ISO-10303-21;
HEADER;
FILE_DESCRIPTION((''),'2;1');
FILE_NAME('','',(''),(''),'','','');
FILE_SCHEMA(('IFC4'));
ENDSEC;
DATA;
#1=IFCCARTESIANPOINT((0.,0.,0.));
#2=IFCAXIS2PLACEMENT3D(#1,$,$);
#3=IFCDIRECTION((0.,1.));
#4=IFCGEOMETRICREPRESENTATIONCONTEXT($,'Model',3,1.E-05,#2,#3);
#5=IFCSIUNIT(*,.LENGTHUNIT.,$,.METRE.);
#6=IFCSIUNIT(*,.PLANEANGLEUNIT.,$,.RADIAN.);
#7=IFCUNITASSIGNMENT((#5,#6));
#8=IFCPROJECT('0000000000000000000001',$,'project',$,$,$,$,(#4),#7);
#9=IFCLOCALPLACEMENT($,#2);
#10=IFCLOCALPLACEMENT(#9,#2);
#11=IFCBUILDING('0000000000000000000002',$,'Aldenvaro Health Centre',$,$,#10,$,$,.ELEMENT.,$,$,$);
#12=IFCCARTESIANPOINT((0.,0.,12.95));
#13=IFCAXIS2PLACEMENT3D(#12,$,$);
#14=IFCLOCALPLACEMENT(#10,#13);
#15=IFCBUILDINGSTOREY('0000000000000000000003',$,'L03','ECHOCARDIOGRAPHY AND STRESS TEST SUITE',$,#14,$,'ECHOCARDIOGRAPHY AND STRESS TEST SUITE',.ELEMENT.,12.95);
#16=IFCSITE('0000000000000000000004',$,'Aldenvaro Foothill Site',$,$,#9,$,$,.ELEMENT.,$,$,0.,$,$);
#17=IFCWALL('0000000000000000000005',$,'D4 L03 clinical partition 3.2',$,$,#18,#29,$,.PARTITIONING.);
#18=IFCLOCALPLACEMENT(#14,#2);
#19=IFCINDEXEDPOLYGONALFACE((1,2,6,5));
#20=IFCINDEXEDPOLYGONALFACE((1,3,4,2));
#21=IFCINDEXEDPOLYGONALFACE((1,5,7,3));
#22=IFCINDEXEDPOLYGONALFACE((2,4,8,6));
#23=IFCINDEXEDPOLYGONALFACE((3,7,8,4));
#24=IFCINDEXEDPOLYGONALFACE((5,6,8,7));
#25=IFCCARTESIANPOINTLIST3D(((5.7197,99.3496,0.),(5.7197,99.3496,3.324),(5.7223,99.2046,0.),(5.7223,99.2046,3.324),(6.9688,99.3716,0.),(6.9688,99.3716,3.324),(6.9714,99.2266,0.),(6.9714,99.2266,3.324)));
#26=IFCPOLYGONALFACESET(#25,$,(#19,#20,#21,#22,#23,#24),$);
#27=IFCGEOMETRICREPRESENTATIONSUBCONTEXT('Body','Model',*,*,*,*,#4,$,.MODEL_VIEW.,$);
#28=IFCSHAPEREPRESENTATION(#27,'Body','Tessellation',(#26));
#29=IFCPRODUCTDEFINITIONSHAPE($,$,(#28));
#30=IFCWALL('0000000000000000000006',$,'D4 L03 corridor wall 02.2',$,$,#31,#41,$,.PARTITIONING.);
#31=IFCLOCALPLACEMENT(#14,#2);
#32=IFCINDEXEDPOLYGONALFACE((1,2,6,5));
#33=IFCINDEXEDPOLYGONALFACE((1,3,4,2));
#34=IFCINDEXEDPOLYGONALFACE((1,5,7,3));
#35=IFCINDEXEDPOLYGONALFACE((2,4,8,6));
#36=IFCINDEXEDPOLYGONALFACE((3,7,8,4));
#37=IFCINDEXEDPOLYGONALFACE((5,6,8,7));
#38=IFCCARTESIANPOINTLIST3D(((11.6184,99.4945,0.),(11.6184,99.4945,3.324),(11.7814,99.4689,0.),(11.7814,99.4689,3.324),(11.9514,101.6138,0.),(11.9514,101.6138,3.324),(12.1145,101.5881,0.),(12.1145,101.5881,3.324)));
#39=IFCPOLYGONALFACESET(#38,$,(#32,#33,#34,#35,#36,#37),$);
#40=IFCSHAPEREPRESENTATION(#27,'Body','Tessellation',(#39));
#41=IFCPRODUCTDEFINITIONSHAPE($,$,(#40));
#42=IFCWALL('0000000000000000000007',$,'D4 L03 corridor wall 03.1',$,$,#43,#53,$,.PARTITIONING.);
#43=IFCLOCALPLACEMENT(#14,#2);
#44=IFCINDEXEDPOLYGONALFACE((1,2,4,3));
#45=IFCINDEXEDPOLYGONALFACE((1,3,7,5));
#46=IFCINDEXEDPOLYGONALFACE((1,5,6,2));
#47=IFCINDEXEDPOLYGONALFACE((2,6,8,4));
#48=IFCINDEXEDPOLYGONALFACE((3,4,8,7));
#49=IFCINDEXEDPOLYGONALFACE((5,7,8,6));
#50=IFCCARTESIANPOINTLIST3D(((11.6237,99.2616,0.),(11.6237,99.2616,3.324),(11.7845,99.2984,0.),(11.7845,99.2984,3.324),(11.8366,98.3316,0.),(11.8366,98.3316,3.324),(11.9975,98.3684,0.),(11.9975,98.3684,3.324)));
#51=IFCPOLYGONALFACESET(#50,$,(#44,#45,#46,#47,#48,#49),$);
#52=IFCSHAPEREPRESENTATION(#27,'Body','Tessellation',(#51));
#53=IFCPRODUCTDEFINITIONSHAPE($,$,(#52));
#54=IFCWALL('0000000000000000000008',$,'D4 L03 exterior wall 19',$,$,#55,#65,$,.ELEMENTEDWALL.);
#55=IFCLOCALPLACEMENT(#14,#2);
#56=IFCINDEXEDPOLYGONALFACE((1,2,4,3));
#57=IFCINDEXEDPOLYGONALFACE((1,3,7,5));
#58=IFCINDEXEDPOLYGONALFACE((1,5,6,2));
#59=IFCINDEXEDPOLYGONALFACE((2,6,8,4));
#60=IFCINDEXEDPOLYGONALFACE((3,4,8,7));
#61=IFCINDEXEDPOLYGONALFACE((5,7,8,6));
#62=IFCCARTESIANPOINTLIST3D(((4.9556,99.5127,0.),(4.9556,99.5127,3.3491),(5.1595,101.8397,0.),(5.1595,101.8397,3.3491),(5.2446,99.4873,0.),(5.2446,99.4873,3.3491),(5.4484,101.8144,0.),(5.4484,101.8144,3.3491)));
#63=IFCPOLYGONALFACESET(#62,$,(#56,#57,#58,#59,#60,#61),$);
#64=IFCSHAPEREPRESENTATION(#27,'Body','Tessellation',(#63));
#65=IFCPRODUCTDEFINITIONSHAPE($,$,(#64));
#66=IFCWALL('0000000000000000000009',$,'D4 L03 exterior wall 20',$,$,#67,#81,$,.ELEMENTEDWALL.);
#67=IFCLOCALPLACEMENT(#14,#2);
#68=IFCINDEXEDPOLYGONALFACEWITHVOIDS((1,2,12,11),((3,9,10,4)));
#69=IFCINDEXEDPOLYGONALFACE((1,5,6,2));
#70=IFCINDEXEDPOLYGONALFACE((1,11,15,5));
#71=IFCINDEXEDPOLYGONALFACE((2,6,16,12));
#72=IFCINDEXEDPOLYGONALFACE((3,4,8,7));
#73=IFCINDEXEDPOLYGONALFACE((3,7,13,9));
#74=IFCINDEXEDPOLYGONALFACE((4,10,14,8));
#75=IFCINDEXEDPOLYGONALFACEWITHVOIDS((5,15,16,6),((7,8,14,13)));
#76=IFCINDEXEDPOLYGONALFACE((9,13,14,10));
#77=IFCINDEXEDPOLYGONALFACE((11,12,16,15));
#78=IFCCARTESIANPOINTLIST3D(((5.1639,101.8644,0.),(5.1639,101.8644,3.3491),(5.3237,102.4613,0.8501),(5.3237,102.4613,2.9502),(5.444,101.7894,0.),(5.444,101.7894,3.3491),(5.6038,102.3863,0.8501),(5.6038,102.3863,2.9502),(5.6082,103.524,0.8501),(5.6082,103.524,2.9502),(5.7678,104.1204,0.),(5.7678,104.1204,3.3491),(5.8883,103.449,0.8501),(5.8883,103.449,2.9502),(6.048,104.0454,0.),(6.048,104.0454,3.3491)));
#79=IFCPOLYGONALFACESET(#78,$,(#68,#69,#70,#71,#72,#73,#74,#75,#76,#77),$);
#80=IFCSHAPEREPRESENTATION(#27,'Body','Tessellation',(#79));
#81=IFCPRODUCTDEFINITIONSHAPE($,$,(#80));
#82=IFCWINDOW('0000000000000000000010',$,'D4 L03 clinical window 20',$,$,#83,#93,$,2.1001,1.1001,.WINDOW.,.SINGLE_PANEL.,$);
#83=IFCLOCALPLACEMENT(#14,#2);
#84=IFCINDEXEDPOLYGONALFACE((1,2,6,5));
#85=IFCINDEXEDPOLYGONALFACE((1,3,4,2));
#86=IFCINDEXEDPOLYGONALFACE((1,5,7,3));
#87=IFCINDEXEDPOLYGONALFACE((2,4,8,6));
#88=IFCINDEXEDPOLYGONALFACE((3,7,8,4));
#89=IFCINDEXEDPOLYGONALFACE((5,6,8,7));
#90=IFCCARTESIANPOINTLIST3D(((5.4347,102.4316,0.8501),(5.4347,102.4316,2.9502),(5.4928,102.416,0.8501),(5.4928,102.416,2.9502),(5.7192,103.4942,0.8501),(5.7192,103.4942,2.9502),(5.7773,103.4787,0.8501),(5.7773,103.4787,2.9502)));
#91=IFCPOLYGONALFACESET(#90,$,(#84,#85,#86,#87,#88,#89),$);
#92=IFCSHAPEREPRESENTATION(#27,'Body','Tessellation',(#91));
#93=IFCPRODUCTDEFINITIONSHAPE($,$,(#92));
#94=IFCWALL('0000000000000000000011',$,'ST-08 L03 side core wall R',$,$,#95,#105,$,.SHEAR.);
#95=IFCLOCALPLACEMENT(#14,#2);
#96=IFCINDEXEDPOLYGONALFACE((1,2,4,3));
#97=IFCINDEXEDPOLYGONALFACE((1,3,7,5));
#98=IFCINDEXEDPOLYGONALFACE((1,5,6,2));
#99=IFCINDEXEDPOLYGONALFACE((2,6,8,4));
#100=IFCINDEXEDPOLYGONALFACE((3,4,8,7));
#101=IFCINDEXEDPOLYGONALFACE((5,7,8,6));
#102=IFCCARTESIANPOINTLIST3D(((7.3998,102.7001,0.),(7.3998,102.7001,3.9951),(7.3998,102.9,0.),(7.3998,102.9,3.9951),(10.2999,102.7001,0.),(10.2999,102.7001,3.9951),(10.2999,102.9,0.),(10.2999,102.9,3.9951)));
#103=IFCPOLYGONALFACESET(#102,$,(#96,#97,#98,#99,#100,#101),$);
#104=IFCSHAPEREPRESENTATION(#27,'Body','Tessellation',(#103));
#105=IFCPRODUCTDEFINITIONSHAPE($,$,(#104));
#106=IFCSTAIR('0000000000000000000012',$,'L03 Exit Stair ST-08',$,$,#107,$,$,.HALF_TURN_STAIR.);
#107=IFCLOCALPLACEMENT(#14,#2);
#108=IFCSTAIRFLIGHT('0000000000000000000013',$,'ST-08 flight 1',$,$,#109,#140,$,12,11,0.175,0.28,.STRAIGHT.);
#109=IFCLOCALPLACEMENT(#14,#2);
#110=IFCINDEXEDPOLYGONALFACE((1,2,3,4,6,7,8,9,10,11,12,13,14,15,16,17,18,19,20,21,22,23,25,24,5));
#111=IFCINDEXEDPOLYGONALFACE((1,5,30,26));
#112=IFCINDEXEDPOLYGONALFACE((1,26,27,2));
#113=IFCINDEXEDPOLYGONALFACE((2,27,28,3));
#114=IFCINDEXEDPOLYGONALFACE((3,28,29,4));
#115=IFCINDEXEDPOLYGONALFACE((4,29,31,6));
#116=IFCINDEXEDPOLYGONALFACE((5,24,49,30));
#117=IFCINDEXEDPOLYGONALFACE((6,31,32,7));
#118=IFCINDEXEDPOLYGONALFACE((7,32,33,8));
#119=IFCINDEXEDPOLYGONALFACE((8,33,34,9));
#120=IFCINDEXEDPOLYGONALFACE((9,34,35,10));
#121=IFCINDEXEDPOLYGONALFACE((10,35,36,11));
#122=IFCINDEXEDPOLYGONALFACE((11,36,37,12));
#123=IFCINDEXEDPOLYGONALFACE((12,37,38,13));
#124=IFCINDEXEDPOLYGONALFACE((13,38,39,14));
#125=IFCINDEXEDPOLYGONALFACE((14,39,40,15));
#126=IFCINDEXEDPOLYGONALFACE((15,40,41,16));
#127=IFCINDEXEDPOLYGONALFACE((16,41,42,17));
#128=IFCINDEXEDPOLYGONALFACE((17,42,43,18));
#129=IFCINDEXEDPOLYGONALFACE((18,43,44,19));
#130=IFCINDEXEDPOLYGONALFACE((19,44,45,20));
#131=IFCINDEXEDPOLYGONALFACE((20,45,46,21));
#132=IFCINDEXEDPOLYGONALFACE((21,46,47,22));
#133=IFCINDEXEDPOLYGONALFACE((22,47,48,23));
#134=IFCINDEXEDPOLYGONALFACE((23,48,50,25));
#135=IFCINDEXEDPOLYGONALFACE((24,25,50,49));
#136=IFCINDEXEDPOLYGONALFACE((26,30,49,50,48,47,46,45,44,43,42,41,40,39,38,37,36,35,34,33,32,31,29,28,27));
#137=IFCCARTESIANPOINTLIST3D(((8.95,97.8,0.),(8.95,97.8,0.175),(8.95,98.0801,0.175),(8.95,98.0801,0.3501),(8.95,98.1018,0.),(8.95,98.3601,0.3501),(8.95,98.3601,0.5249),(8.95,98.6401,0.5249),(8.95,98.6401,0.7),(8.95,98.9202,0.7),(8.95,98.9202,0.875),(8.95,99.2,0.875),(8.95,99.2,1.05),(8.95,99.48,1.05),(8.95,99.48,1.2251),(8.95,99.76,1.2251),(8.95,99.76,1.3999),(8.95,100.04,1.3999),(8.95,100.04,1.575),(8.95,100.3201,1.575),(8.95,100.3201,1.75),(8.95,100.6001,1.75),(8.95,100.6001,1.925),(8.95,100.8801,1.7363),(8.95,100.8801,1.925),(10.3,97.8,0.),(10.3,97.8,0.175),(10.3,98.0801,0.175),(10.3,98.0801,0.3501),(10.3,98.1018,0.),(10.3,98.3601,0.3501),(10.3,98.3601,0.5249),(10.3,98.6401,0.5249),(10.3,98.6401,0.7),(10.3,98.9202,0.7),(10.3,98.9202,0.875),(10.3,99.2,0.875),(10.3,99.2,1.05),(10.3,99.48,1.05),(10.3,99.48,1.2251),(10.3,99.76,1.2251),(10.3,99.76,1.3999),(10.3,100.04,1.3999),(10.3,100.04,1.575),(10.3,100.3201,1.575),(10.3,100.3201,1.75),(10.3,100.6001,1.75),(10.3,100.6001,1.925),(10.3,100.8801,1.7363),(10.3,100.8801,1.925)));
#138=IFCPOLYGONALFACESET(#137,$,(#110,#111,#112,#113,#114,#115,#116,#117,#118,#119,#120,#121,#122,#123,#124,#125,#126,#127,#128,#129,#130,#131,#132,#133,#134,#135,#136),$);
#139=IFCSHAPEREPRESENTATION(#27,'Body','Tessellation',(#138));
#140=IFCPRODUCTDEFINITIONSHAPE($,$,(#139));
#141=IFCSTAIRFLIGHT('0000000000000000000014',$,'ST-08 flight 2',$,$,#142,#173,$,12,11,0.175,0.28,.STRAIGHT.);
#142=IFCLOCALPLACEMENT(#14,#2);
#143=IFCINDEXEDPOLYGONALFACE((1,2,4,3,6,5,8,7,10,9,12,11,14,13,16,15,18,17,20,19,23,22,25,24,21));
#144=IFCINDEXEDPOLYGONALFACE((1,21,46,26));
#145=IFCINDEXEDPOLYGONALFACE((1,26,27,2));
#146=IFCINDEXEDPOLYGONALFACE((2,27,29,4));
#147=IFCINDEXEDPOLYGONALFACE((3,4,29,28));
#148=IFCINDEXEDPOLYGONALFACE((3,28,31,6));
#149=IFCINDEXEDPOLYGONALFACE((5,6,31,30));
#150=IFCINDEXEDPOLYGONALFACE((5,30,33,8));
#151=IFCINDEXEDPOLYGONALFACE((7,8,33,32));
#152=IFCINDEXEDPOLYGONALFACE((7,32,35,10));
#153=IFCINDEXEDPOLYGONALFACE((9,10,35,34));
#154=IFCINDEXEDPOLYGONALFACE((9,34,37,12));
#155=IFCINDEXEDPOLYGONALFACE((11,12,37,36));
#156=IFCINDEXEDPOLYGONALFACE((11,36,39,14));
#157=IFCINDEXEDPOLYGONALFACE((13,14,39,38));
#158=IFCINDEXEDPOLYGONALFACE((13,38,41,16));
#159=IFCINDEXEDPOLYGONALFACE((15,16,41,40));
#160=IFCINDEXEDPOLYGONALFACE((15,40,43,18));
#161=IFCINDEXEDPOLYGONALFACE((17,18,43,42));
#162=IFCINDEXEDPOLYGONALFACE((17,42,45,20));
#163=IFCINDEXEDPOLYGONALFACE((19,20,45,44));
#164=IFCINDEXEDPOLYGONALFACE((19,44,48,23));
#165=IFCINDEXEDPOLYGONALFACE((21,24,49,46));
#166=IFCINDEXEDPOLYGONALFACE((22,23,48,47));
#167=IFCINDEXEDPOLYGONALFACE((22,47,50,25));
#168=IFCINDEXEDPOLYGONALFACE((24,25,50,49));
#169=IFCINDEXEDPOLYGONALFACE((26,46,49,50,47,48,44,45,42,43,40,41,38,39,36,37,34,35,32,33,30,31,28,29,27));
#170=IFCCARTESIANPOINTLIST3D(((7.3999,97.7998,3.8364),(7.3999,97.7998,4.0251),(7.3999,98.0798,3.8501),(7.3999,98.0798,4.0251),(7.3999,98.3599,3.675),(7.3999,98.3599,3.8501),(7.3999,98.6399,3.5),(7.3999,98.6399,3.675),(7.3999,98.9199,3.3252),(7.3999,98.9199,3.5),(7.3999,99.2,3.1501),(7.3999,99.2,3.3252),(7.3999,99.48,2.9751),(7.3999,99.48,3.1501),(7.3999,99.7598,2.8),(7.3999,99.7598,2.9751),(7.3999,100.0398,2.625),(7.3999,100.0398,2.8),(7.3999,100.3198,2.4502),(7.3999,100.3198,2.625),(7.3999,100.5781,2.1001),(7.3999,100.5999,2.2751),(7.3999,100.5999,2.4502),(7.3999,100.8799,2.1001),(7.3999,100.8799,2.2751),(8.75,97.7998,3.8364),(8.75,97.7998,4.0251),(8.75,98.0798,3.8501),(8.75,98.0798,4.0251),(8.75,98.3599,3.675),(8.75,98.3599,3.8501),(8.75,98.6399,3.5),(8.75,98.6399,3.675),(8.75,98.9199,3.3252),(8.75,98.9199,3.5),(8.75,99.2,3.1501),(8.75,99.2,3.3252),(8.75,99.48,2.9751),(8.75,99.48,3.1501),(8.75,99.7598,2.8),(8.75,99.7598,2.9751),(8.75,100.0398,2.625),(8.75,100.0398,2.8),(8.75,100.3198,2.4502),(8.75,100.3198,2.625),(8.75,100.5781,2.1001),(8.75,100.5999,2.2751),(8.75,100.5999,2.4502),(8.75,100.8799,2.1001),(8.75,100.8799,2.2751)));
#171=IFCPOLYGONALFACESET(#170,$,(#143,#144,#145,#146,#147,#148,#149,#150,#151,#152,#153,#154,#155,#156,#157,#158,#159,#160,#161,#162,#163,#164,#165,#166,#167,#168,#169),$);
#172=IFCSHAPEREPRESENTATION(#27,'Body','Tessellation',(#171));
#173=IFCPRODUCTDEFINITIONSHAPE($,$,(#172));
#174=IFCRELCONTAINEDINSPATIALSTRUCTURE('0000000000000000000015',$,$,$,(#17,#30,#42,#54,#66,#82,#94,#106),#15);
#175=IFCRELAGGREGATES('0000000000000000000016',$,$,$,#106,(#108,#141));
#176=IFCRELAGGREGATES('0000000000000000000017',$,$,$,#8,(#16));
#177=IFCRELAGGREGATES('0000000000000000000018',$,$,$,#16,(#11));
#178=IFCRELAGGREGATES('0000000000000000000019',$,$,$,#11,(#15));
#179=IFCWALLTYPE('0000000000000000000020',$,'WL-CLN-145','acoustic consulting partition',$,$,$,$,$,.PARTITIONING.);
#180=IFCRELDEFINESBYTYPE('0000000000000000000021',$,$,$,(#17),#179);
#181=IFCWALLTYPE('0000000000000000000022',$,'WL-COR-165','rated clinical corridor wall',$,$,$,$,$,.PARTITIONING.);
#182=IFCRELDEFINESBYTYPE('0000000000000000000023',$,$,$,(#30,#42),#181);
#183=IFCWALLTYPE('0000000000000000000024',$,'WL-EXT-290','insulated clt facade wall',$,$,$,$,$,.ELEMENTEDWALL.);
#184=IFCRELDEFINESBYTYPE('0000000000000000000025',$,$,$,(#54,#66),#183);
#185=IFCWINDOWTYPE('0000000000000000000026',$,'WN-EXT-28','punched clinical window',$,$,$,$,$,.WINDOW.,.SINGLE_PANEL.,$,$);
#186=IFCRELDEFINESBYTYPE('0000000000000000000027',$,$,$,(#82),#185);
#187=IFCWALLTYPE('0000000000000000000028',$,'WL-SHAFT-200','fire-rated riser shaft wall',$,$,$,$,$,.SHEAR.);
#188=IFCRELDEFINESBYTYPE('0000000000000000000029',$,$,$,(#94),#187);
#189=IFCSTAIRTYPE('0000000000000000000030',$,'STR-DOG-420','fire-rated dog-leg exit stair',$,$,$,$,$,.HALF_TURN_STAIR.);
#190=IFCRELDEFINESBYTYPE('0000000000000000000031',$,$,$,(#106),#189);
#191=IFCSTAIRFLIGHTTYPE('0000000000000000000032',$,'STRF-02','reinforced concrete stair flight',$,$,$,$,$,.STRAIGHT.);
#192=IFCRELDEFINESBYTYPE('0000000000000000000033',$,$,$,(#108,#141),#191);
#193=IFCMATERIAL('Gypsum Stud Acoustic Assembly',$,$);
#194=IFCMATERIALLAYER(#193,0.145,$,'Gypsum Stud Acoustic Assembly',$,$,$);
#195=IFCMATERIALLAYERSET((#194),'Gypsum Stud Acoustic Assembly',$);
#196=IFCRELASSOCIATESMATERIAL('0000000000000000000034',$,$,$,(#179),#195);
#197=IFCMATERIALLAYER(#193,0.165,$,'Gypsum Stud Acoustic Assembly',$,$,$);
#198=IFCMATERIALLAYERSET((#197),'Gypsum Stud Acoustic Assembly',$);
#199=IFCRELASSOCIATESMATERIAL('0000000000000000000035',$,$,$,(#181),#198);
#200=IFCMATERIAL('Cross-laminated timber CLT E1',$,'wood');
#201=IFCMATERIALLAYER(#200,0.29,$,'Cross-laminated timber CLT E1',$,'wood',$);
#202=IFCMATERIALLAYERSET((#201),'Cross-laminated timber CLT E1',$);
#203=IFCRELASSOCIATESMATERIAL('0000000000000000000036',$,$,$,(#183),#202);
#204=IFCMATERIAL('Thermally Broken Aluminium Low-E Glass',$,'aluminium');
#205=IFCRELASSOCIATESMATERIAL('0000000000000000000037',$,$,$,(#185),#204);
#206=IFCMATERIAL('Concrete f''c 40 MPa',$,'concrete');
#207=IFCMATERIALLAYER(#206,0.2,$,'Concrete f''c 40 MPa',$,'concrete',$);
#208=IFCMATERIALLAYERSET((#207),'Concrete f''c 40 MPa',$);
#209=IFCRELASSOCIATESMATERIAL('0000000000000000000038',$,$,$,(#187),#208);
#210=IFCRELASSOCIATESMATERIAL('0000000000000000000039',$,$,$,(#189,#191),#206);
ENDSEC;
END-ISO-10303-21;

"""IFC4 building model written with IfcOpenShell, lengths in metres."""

from ifc_helpers import new_model, si_unit, direction, frame, frame_2d, origin, place, context, subcontext, project, spatial, polyline, rectangle, outline, extrude, material, layer, layer_set, type_object, element, fill, aggregate, save


model = new_model("IFC4")

# Units and contexts
model_context = context("Model", 3, precision=1e-05, world=origin(), true_north=direction((0.0, 1.0)))
body_context = subcontext(model_context, "Body", "Model", "MODEL_VIEW")
ifc_project = project(units=[si_unit("LENGTHUNIT", "METRE"), si_unit("PLANEANGLEUNIT", "RADIAN")], contexts=[model_context])

# Site, building, storey
site_placement = place(None, origin())
site = spatial("IfcSite", under=ifc_project, at=site_placement, Name="Aldenvaro Foothill Site", CompositionType="ELEMENT", RefElevation=0.0)
building_placement = place(site_placement, origin())
building = spatial("IfcBuilding", under=site, at=building_placement, Name="Aldenvaro Health Centre", CompositionType="ELEMENT")
storey_placement = place(building_placement, frame((0.0, 0.0, 12.95)))
storey = spatial("IfcBuildingStorey", under=building, at=storey_placement, Name="L03", Description="ECHOCARDIOGRAPHY AND STRESS TEST SUITE", LongName="ECHOCARDIOGRAPHY AND STRESS TEST SUITE", CompositionType="ELEMENT", Elevation=12.95)

# Shared definitions
ifc_material_1 = material(Name="Concrete f'c 40 MPa", Category="concrete")

# Walls
ifc_material_2 = material(Name="Gypsum Stud Acoustic Assembly")
ifc_layer_1 = layer(ifc_material_2, 0.145, Name="Gypsum Stud Acoustic Assembly")
ifc_layer_set_1 = layer_set([ifc_layer_1], Name="Gypsum Stud Acoustic Assembly")
wall_type_1 = type_object("IfcWallType", Name="WL-CLN-145", Description="acoustic consulting partition", PredefinedType="PARTITIONING", material=ifc_layer_set_1)
wall_1_placement = place(storey_placement, frame((6.97, 99.2991, 0.0), z_axis=(0.0, 0.0, 1.0), x_axis=(-0.999845, -0.017589, 0.0)))
element("IfcWall", 1, at=wall_1_placement, inside=storey, type_object=wall_type_1, Name="D4 L03 clinical partition 3.2", PredefinedType="PARTITIONING", context=body_context, shape_type="SweptSolid", body=[
    extrude(rectangle(XDim=1.2493, YDim=0.145, at=frame_2d((0.6245, 0.0))), origin(), (0.0, 0.0, 1.0), 3.324),
])
ifc_layer_2 = layer(ifc_material_2, 0.165, Name="Gypsum Stud Acoustic Assembly")
ifc_layer_set_2 = layer_set([ifc_layer_2], Name="Gypsum Stud Acoustic Assembly")
wall_type_2 = type_object("IfcWallType", Name="WL-COR-165", Description="rated clinical corridor wall", PredefinedType="PARTITIONING", material=ifc_layer_set_2)
wall_2_placement = place(storey_placement, frame((12.033, 101.6011, 0.0), z_axis=(0.0, 0.0, 1.0), x_axis=(-0.155238, -0.987877, 0.0)))
element("IfcWall", 2, at=wall_2_placement, inside=storey, type_object=wall_type_2, Name="D4 L03 corridor wall 02.2", PredefinedType="PARTITIONING", context=body_context, shape_type="SweptSolid", body=[
    extrude(rectangle(XDim=2.1453, YDim=0.165, at=frame_2d((1.0728, 0.0))), origin(), (0.0, 0.0, 1.0), 3.324),
])
wall_3_placement = place(storey_placement, frame((11.7041, 99.28, 0.0), z_axis=(0.0, 0.0, 1.0), x_axis=(0.223158, -0.974782, 0.0)))
element("IfcWall", 3, at=wall_3_placement, inside=storey, type_object=wall_type_2, Name="D4 L03 corridor wall 03.1", PredefinedType="PARTITIONING", context=body_context, shape_type="SweptSolid", body=[
    extrude(rectangle(XDim=0.9541, YDim=0.165, at=frame_2d((0.4771, 0.0))), origin(), (0.0, 0.0, 1.0), 3.324),
])
ifc_material_3 = material(Name="Cross-laminated timber CLT E1", Category="wood")
ifc_layer_3 = layer(ifc_material_3, 0.29, Name="Cross-laminated timber CLT E1", Category="wood")
ifc_layer_set_3 = layer_set([ifc_layer_3], Name="Cross-laminated timber CLT E1")
wall_type_3 = type_object("IfcWallType", Name="WL-EXT-290", Description="insulated clt facade wall", PredefinedType="ELEMENTEDWALL", material=ifc_layer_set_3)
wall_4_placement = place(storey_placement, frame((5.1001, 99.5, 0.0), z_axis=(0.0, 0.0, 1.0), x_axis=(0.087275, 0.996184, 0.0)))
element("IfcWall", 4, at=wall_4_placement, inside=storey, type_object=wall_type_3, Name="D4 L03 exterior wall 19", PredefinedType="ELEMENTEDWALL", context=body_context, shape_type="SweptSolid", body=[
    extrude(rectangle(XDim=2.3359, YDim=0.29, at=frame_2d((1.168, 0.0))), origin(), (0.0, 0.0, 1.0), 3.3491),
])

# Wall, opening, window
wall_5_placement = place(storey_placement, frame((5.304, 101.8269, 0.0), z_axis=(0.0, 0.0, 1.0), x_axis=(0.258612, 0.965981, 0.0)))
wall_5 = element("IfcWall", 5, at=wall_5_placement, inside=storey, type_object=wall_type_3, Name="D4 L03 exterior wall 20", PredefinedType="ELEMENTEDWALL", context=body_context, shape_type="SweptSolid", body=[
    extrude(rectangle(XDim=2.3354, YDim=0.29, at=frame_2d((1.1677, 0.0))), origin(), (0.0, 0.0, 1.0), 3.3491),
])
opening_placement = place(wall_5_placement, frame((0.6179, 0.0, 0.8501)))
opening = element("IfcOpeningElement", 6, at=opening_placement, cuts=wall_5, PredefinedType="OPENING", context=body_context, shape_type="SweptSolid", body=[
    extrude(rectangle(XDim=1.1001, YDim=2.1001, at=frame_2d((0.55, 1.05))), frame((0.0, 0.155, 0.0), z_axis=(0.0, -1.0, 0.0), x_axis=(1.0, 0.0, 0.0)), (0.0, 0.0, 1.0), 0.3101),
])
ifc_material_4 = material(Name="Thermally Broken Aluminium Low-E Glass", Category="aluminium")
window_type = type_object("IfcWindowType", Name="WN-EXT-28", Description="punched clinical window", PartitioningType="SINGLE_PANEL", PredefinedType="WINDOW", material=ifc_material_4)
window_placement = place(opening_placement, origin())
window = element("IfcWindow", 7, at=window_placement, inside=storey, type_object=window_type, Name="D4 L03 clinical window 20", OverallHeight=2.1001, OverallWidth=1.1001, PartitioningType="SINGLE_PANEL", PredefinedType="WINDOW", context=body_context, shape_type="SweptSolid", body=[
    extrude(rectangle(XDim=1.1001, YDim=2.1001, at=frame_2d((0.55, 1.05))), frame((0.0, 0.03, 0.0), z_axis=(0.0, -1.0, 0.0), x_axis=(1.0, 0.0, 0.0)), (0.0, 0.0, 1.0), 0.0601),
])
fill(opening, window)

# Wall
ifc_layer_4 = layer(ifc_material_1, 0.2, Name="Concrete f'c 40 MPa", Category="concrete")
ifc_layer_set_4 = layer_set([ifc_layer_4], Name="Concrete f'c 40 MPa")
wall_type_4 = type_object("IfcWallType", Name="WL-SHAFT-200", Description="fire-rated riser shaft wall", PredefinedType="SHEAR", material=ifc_layer_set_4)
wall_6_placement = place(storey_placement, frame((10.3, 102.8, 0.0), z_axis=(0.0, 0.0, 1.0), x_axis=(-1.0, 0.0, 0.0)))
element("IfcWall", 8, at=wall_6_placement, inside=storey, type_object=wall_type_4, Name="ST-08 L03 side core wall R", PredefinedType="SHEAR", context=body_context, shape_type="SweptSolid", body=[
    extrude(rectangle(XDim=2.9001, YDim=0.2, at=frame_2d((1.4502, 0.0))), origin(), (0.0, 0.0, 1.0), 3.9951),
])

# Stair, stair flights
stair_type = type_object("IfcStairType", Name="STR-DOG-420", Description="fire-rated dog-leg exit stair", PredefinedType="HALF_TURN_STAIR", material=ifc_material_1)
stair_placement = place(storey_placement, origin())
stair = element("IfcStair", 9, at=stair_placement, inside=storey, type_object=stair_type, Name="L03 Exit Stair ST-08", PredefinedType="HALF_TURN_STAIR")
stair_flight_type = type_object("IfcStairFlightType", Name="STRF-02", Description="reinforced concrete stair flight", PredefinedType="STRAIGHT", material=ifc_material_1)
stair_flight_1_placement = place(storey_placement, frame((9.625, 97.8, 0.0), z_axis=(0.0, 0.0, 1.0), x_axis=(0.0, 1.0, 0.0)))
stair_flight_1 = element("IfcStairFlight", 10, at=stair_flight_1_placement, type_object=stair_flight_type, Name="ST-08 flight 1", NumberOfRisers=12, NumberOfTreads=11, PredefinedType="STRAIGHT", RiserHeight=0.175, TreadLength=0.28, context=body_context, shape_type="SweptSolid", body=[
    extrude(outline(polyline([(0.0, 0.0), (0.0, 0.175), (0.28, 0.175), (0.28, 0.3501), (0.5601, 0.3501), (0.5601, 0.5249), (0.8401, 0.5249), (0.8401, 0.7), (1.1201, 0.7), (1.1201, 0.875), (1.3999, 0.875), (1.3999, 1.05), (1.6799, 1.05), (1.6799, 1.2251), (1.96, 1.2251), (1.96, 1.3999), (2.24, 1.3999), (2.24, 1.575), (2.52, 1.575), (2.52, 1.75), (2.8, 1.75), (2.8, 1.925), (3.0801, 1.925), (3.0801, 2.1001), (3.0801, 1.7363), (0.3018, 0.0), (0.0, 0.0)])), frame((0.0, 0.675, 0.0), z_axis=(0.0, -1.0, 0.0), x_axis=(1.0, 0.0, 0.0)), (0.0, 0.0, 1.0), 1.3501),
])
stair_flight_2_placement = place(storey_placement, frame((8.075, 100.8799, 2.1001), z_axis=(0.0, 0.0, 1.0), x_axis=(0.0, -1.0, 0.0)))
stair_flight_2 = element("IfcStairFlight", 11, at=stair_flight_2_placement, type_object=stair_flight_type, Name="ST-08 flight 2", NumberOfRisers=12, NumberOfTreads=11, PredefinedType="STRAIGHT", RiserHeight=0.175, TreadLength=0.28, context=body_context, shape_type="SweptSolid", body=[
    extrude(outline(polyline([(0.0, 0.0), (0.0, 0.175), (0.28, 0.175), (0.28, 0.3501), (0.5601, 0.3501), (0.5601, 0.5249), (0.8401, 0.5249), (0.8401, 0.7), (1.1201, 0.7), (1.1201, 0.875), (1.3999, 0.875), (1.3999, 1.05), (1.6799, 1.05), (1.6799, 1.2251), (1.96, 1.2251), (1.96, 1.3999), (2.24, 1.3999), (2.24, 1.575), (2.52, 1.575), (2.52, 1.75), (2.8, 1.75), (2.8, 1.925), (3.0801, 1.925), (3.0801, 2.1001), (3.0801, 1.7363), (0.3018, 0.0), (0.0, 0.0)])), frame((0.0, 0.675, 0.0), z_axis=(0.0, -1.0, 0.0), x_axis=(1.0, 0.0, 0.0)), (0.0, 0.0, 1.0), 1.3501),
])
aggregate(stair, [stair_flight_1, stair_flight_2])

save(model, "model.ifc")
